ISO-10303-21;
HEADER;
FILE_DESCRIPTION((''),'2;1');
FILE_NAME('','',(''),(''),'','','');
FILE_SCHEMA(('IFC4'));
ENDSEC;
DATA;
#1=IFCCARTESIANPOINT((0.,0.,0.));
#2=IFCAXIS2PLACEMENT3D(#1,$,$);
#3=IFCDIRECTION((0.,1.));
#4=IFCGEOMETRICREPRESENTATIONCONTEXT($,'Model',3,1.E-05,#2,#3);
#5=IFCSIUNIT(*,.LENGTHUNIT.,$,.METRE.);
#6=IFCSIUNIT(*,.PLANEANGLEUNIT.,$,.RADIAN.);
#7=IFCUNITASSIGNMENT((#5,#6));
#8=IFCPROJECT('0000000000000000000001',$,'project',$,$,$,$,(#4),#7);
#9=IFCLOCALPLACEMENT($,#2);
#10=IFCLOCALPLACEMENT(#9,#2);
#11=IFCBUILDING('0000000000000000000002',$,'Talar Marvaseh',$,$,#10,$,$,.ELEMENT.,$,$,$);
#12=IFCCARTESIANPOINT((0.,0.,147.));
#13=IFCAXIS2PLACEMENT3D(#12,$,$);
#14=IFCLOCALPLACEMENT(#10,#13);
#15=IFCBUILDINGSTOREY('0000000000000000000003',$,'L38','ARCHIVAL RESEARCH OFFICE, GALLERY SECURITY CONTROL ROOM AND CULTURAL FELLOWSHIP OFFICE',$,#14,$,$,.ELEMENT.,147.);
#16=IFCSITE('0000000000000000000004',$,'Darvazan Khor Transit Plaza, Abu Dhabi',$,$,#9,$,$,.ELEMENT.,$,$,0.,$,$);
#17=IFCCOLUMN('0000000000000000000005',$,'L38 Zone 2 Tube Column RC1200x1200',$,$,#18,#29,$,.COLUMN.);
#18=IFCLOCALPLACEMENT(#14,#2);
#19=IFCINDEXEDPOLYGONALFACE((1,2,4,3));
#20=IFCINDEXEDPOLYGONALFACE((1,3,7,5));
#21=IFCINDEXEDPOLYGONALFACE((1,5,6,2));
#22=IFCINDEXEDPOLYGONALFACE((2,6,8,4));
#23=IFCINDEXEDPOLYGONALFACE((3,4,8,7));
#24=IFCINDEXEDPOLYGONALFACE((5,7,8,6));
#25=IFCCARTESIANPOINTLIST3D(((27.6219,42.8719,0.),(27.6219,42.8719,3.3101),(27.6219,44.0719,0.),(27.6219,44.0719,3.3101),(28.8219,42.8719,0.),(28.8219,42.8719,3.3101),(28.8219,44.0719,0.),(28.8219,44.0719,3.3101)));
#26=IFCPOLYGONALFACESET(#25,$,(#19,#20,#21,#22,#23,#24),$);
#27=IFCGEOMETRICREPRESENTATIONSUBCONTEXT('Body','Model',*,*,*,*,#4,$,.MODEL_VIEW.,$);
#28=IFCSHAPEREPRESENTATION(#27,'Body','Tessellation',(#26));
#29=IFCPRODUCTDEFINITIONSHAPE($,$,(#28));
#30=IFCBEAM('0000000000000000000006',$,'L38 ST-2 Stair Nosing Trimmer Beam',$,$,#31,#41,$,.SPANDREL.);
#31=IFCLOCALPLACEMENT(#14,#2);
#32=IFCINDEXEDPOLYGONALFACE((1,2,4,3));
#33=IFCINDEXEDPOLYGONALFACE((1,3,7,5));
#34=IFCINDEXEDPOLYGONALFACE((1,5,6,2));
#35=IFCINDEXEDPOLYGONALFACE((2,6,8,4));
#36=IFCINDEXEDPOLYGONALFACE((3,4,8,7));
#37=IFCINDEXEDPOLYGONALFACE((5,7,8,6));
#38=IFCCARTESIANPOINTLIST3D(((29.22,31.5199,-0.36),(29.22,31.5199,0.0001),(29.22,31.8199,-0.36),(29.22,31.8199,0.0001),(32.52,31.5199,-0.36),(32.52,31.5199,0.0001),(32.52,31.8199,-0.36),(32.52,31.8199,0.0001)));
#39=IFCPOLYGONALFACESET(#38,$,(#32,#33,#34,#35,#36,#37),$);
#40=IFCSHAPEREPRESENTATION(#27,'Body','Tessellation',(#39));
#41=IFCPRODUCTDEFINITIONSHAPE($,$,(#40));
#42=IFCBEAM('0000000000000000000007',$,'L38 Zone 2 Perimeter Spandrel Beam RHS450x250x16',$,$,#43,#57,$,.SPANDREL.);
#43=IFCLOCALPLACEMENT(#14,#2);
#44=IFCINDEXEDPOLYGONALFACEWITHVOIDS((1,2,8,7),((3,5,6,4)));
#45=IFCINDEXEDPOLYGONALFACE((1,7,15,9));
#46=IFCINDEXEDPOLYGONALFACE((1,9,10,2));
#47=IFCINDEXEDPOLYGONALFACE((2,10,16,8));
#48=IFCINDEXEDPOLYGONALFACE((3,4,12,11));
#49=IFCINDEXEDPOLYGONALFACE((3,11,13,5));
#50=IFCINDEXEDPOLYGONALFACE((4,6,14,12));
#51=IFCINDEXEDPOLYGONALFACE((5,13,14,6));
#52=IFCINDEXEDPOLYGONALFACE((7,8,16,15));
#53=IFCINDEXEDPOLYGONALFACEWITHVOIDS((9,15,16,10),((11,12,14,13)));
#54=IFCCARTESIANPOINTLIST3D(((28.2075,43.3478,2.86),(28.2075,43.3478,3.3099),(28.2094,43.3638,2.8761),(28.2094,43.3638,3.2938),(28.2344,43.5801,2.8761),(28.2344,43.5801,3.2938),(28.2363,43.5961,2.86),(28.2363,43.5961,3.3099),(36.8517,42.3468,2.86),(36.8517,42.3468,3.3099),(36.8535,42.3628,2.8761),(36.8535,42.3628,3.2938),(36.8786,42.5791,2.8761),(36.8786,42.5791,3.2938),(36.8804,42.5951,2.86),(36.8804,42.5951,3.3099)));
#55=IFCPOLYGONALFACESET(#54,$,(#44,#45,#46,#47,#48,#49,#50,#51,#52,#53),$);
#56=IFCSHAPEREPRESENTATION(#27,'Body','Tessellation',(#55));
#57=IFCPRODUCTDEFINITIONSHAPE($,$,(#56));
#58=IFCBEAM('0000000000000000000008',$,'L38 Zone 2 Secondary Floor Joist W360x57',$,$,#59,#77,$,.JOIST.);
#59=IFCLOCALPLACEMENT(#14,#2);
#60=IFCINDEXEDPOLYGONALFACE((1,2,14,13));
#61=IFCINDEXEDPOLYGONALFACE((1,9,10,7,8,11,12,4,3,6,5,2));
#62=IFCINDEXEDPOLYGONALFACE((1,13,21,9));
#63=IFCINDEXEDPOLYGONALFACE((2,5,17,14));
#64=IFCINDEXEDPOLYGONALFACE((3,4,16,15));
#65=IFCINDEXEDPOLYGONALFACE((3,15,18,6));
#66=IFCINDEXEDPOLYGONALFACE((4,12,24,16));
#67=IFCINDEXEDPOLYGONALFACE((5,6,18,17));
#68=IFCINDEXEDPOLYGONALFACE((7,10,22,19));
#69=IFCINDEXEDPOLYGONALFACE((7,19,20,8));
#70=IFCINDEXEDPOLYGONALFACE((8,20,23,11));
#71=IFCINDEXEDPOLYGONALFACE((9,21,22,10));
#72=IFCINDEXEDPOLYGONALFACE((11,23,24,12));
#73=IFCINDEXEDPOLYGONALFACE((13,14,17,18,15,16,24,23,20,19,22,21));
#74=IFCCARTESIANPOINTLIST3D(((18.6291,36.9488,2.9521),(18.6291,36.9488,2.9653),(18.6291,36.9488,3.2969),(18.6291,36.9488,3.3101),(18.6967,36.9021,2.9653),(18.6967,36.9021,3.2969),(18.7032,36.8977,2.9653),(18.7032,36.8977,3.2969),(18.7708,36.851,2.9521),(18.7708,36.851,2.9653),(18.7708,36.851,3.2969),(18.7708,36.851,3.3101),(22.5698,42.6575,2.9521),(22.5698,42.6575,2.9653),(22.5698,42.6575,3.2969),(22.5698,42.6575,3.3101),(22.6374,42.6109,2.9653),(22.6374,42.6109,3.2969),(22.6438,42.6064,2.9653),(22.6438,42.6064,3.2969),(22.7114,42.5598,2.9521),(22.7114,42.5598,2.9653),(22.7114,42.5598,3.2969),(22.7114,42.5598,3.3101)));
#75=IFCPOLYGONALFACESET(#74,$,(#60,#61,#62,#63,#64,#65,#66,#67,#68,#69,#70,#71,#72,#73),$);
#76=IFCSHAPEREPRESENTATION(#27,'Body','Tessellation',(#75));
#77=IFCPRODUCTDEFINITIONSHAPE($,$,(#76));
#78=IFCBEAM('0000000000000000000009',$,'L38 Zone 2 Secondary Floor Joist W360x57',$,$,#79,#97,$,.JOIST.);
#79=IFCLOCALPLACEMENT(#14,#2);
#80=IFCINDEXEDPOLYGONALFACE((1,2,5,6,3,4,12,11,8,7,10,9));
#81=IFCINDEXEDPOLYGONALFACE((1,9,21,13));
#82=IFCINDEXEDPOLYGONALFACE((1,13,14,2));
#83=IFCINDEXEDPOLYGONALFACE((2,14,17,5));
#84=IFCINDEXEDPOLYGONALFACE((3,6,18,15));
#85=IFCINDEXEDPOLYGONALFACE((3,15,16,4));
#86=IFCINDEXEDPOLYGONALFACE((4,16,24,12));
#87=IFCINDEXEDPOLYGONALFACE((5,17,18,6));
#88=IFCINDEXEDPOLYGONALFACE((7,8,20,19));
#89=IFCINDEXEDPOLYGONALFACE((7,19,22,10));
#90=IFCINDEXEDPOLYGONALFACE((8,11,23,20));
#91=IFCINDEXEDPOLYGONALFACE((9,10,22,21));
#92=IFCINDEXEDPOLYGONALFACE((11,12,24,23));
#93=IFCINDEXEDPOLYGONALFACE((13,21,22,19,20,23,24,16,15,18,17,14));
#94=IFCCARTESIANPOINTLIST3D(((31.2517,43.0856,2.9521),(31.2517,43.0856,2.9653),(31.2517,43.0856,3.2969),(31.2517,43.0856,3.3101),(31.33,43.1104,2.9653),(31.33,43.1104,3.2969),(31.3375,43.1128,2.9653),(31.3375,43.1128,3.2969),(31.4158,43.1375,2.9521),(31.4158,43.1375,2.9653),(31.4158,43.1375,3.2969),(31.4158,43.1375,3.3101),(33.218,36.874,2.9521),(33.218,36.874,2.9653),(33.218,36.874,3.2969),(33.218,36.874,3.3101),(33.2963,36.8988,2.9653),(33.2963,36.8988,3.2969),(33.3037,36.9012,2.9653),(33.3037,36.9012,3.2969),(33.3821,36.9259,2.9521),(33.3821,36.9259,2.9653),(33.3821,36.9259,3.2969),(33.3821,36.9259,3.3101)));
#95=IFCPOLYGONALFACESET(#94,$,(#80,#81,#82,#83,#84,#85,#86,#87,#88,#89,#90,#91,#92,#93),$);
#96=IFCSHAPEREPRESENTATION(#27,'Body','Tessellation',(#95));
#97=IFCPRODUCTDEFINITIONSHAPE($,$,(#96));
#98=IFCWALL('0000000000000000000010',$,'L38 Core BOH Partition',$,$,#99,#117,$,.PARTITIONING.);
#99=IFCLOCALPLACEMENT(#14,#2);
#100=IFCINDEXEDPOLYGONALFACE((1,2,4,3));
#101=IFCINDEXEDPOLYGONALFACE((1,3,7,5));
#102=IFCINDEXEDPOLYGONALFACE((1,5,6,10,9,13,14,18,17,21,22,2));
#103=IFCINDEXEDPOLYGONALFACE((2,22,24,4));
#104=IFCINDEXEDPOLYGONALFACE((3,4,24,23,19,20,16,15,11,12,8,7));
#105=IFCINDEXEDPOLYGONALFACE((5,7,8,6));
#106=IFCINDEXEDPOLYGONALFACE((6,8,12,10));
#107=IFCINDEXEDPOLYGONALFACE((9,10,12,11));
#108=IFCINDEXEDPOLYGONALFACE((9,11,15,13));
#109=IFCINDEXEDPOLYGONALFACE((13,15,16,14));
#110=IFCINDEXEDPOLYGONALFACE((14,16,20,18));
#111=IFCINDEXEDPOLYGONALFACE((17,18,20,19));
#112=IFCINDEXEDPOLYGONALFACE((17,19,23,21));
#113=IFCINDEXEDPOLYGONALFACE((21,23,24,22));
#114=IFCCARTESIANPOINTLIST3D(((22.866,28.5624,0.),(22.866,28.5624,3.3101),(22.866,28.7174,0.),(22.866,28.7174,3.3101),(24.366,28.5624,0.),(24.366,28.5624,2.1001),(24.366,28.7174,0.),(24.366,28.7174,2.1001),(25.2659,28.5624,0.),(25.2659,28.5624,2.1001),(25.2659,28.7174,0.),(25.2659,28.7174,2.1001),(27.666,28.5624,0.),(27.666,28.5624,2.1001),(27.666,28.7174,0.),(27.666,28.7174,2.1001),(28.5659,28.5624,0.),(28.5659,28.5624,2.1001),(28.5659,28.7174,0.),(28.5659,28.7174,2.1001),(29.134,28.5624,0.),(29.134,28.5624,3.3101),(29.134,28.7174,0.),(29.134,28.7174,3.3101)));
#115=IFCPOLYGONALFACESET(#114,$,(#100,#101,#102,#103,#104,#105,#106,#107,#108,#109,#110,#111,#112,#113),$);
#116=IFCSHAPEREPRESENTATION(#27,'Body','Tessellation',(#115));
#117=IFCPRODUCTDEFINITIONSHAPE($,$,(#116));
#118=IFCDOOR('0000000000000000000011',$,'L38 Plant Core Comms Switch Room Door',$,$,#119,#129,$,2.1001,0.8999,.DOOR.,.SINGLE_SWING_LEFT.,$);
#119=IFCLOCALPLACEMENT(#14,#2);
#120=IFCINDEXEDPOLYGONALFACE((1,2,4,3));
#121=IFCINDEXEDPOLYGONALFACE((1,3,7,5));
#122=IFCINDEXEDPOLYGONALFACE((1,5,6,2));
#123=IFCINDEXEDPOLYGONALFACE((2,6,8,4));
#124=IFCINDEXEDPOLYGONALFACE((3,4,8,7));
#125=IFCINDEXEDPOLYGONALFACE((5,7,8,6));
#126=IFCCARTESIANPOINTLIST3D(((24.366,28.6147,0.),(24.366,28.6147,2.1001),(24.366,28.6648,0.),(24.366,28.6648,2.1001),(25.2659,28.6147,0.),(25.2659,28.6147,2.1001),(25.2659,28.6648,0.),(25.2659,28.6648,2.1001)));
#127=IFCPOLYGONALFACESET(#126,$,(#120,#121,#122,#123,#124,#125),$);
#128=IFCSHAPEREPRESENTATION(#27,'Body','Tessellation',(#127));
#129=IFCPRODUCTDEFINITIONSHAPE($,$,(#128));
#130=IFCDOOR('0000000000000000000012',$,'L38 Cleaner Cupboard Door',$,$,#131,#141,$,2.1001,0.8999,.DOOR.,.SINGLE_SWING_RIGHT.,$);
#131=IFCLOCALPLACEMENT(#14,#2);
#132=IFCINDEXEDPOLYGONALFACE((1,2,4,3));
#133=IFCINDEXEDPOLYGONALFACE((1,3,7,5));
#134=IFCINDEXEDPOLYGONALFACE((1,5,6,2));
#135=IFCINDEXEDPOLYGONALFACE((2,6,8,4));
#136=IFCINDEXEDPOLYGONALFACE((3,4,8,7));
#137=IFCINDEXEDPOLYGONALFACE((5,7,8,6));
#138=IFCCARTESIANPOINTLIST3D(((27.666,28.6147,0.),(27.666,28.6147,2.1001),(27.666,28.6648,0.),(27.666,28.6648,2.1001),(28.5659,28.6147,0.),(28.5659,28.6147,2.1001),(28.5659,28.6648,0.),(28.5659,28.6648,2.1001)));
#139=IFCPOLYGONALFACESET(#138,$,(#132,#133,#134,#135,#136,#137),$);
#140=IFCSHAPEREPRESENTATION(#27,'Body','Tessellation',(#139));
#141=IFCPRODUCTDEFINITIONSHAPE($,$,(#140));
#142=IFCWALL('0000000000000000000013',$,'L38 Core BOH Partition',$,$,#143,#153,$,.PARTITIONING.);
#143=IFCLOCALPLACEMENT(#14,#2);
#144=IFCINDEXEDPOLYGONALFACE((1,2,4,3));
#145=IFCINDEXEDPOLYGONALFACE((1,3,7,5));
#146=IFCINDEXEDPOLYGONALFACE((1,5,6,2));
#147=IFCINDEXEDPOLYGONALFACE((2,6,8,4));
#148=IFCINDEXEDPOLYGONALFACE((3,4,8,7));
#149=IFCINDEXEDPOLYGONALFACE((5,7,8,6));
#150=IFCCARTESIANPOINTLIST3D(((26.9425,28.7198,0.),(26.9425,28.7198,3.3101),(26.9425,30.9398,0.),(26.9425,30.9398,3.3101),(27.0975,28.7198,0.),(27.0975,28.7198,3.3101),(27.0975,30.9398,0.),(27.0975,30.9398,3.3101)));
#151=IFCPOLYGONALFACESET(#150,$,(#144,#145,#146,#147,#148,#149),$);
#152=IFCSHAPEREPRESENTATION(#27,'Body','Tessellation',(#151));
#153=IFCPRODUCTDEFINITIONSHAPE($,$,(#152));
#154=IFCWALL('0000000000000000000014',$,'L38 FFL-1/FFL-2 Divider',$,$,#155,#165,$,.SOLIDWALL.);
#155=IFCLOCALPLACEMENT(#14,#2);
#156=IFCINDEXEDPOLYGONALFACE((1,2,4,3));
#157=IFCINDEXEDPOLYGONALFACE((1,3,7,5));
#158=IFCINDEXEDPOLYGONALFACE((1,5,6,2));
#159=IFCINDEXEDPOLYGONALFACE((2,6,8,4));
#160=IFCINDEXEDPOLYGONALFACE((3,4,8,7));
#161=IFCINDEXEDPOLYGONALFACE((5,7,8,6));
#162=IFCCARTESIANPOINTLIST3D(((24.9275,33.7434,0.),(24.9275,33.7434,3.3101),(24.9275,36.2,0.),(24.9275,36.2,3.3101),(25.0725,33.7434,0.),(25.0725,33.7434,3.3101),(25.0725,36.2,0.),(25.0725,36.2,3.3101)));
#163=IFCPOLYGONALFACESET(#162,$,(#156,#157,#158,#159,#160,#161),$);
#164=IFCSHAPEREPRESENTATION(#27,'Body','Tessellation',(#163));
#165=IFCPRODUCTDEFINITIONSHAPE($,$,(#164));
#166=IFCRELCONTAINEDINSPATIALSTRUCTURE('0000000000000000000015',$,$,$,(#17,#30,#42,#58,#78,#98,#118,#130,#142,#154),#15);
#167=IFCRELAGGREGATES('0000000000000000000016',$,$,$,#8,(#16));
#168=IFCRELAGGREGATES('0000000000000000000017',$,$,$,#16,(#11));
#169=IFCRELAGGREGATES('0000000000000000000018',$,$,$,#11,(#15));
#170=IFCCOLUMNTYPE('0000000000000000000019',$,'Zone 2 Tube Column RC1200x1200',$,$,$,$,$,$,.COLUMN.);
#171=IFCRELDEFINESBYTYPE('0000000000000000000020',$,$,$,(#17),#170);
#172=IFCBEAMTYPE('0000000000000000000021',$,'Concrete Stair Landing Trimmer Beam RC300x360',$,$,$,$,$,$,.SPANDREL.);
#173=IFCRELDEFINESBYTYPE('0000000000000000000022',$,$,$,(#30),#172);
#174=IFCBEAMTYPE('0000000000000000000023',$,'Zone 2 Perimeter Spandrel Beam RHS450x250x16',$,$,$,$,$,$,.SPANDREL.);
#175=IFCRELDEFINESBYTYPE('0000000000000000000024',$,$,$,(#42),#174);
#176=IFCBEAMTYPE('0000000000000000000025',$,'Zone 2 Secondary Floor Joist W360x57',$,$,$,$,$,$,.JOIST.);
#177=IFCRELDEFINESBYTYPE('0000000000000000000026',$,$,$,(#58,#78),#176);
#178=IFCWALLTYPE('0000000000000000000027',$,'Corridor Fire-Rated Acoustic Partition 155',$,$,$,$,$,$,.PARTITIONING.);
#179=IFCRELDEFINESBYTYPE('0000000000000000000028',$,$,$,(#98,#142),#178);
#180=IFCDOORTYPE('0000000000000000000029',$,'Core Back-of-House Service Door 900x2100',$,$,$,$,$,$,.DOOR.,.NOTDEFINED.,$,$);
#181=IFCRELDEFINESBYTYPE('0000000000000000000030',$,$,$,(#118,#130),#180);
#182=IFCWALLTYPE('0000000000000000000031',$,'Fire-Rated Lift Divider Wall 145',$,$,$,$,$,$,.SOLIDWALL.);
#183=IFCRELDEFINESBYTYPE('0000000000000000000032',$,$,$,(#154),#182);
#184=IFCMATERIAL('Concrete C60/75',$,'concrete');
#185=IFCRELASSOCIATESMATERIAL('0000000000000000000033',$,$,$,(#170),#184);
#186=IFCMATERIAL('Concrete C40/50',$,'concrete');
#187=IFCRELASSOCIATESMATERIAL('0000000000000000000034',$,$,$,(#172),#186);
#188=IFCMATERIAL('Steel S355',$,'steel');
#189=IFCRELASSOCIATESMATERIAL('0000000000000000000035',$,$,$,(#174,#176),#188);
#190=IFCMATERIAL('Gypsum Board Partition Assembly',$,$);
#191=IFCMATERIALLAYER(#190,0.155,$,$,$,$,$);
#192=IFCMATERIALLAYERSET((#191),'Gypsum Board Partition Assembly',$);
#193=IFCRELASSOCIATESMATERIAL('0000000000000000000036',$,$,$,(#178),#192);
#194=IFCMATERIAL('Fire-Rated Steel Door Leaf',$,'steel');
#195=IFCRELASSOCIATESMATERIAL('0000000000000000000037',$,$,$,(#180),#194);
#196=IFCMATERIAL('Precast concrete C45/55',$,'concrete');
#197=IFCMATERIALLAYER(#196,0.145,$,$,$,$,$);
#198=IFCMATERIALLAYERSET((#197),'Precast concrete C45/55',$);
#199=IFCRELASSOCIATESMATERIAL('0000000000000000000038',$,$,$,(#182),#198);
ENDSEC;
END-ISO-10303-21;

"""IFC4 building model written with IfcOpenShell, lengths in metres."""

from ifc_helpers import new_model, si_unit, direction, frame, frame_2d, origin, origin_2d, place, context, subcontext, project, spatial, rectangle, hollow_rectangle, i_section, extrude, source, transform, mapped, material, layer, layer_set, material_profile, profile_set, type_object, type_shapes, element, fill, save


model = new_model("IFC4")

# Units and contexts
model_context = context("Model", 3, precision=1e-05, world=origin(), true_north=direction((0.0, 1.0)))
body_context = subcontext(model_context, "Body", "Model", "MODEL_VIEW")
ifc_project = project(units=[si_unit("LENGTHUNIT", "METRE"), si_unit("PLANEANGLEUNIT", "RADIAN")], contexts=[model_context])

# Site, building, storey
site_placement = place(None, origin())
site = spatial("IfcSite", under=ifc_project, at=site_placement, Name="Darvazan Khor Transit Plaza, Abu Dhabi", CompositionType="ELEMENT", RefElevation=0.0)
building_placement = place(site_placement, origin())
building = spatial("IfcBuilding", under=site, at=building_placement, Name="Talar Marvaseh", CompositionType="ELEMENT")
storey_placement = place(building_placement, frame((0.0, 0.0, 147.0)))
storey = spatial("IfcBuildingStorey", under=building, at=storey_placement, Name="L38", Description="ARCHIVAL RESEARCH OFFICE, GALLERY SECURITY CONTROL ROOM AND CULTURAL FELLOWSHIP OFFICE", CompositionType="ELEMENT", Elevation=147.0)

# Column
ifc_material_1 = material(Name="Concrete C60/75", Category="concrete")
ifc_material_profile_1 = material_profile(ifc_material_1, rectangle(XDim=1.2, YDim=1.2, at=origin_2d()), Name="RC1200x1200")
ifc_profile_set_1 = profile_set([ifc_material_profile_1], Name="Concrete C60/75")
column_type = type_object("IfcColumnType", Name="Zone 2 Tube Column RC1200x1200", PredefinedType="COLUMN", material=ifc_profile_set_1)
column_placement = place(storey_placement, frame((28.2219, 43.4719, 0.0), z_axis=(0.0, 0.0, 1.0), x_axis=(1.0, 0.0, 0.0)))
element("IfcColumn", 1, at=column_placement, inside=storey, type_object=column_type, Name="L38 Zone 2 Tube Column RC1200x1200", PredefinedType="COLUMN", context=body_context, shape_type="SweptSolid", body=[
    extrude(rectangle(XDim=1.2, YDim=1.2, at=origin_2d()), origin(), (0.0, 0.0, 1.0), 3.3101),
])

# Beams
ifc_material_2 = material(Name="Concrete C40/50", Category="concrete")
ifc_material_profile_2 = material_profile(ifc_material_2, rectangle(XDim=0.3, YDim=0.3601, at=origin_2d()), Name="RC300x360")
ifc_profile_set_2 = profile_set([ifc_material_profile_2], Name="Concrete C40/50")
beam_type_1 = type_object("IfcBeamType", Name="Concrete Stair Landing Trimmer Beam RC300x360", PredefinedType="SPANDREL", material=ifc_profile_set_2)
beam_1_placement = place(storey_placement, frame((29.22, 31.6699, -0.1799), z_axis=(1.0, 0.0, 0.0), x_axis=(0.0, 1.0, 0.0)))
element("IfcBeam", 2, at=beam_1_placement, inside=storey, type_object=beam_type_1, Name="L38 ST-2 Stair Nosing Trimmer Beam", PredefinedType="SPANDREL", context=body_context, shape_type="SweptSolid", body=[
    extrude(rectangle(XDim=0.3, YDim=0.3601, at=origin_2d()), origin(), (0.0, 0.0, 1.0), 3.3),
])
ifc_material_3 = material(Name="Steel S355", Category="steel")
ifc_material_profile_3 = material_profile(ifc_material_3, hollow_rectangle(XDim=0.25, YDim=0.45, WallThickness=0.0161, at=origin_2d()), Name="RHS450x250x16")
ifc_profile_set_3 = profile_set([ifc_material_profile_3], Name="Steel S355")
beam_type_2 = type_object("IfcBeamType", Name="Zone 2 Perimeter Spandrel Beam RHS450x250x16", PredefinedType="SPANDREL", material=ifc_profile_set_3)
beam_2_placement = place(storey_placement, frame((28.2219, 43.4719, 3.085), z_axis=(0.993362, -0.115031, 0.0), x_axis=(0.115031, 0.993362, 0.0)))
element("IfcBeam", 3, at=beam_2_placement, inside=storey, type_object=beam_type_2, Name="L38 Zone 2 Perimeter Spandrel Beam RHS450x250x16", PredefinedType="SPANDREL", context=body_context, shape_type="SweptSolid", body=[
    extrude(hollow_rectangle(XDim=0.25, YDim=0.45, WallThickness=0.0161, at=origin_2d()), origin(), (0.0, 0.0, 1.0), 8.7019),
])
ifc_material_profile_4 = material_profile(ifc_material_3, i_section(OverallWidth=0.1721, OverallDepth=0.3579, WebThickness=0.0078, FlangeThickness=0.0132, at=origin_2d()), Name="W360x57")
ifc_profile_set_4 = profile_set([ifc_material_profile_4], Name="Steel S355")
beam_type_3 = type_object("IfcBeamType", Name="Zone 2 Secondary Floor Joist W360x57", PredefinedType="JOIST", material=ifc_profile_set_4)
beam_3_placement = place(storey_placement, frame((22.6406, 42.6086, 3.1311), z_axis=(-0.568086, -0.822969, 0.0), x_axis=(0.822969, -0.568086, 0.0)))
element("IfcBeam", 4, at=beam_3_placement, inside=storey, type_object=beam_type_3, Name="L38 Zone 2 Secondary Floor Joist W360x57", PredefinedType="JOIST", context=body_context, shape_type="SweptSolid", body=[
    extrude(i_section(OverallWidth=0.1721, OverallDepth=0.3579, WebThickness=0.0078, FlangeThickness=0.0132, at=origin_2d()), origin(), (0.0, 0.0, 1.0), 6.9368),
])
beam_4_placement = place(storey_placement, frame((31.3337, 43.1116, 3.1311), z_axis=(0.301791, -0.953374, 0.0), x_axis=(0.953374, 0.301791, 0.0)))
element("IfcBeam", 5, at=beam_4_placement, inside=storey, type_object=beam_type_3, Name="L38 Zone 2 Secondary Floor Joist W360x57", PredefinedType="JOIST", context=body_context, shape_type="SweptSolid", body=[
    extrude(i_section(OverallWidth=0.1721, OverallDepth=0.3579, WebThickness=0.0078, FlangeThickness=0.0132, at=origin_2d()), origin(), (0.0, 0.0, 1.0), 6.5154),
])

# Wall, openings, doors
ifc_material_4 = material(Name="Gypsum Board Partition Assembly")
ifc_layer_1 = layer(ifc_material_4, 0.155)
ifc_layer_set_1 = layer_set([ifc_layer_1], Name="Gypsum Board Partition Assembly")
wall_type_1 = type_object("IfcWallType", Name="Corridor Fire-Rated Acoustic Partition 155", PredefinedType="PARTITIONING", material=ifc_layer_set_1)
wall_1_placement = place(storey_placement, frame((22.866, 28.6399, 0.0), z_axis=(0.0, 0.0, 1.0), x_axis=(1.0, 0.0, 0.0)))
wall_1 = element("IfcWall", 6, at=wall_1_placement, inside=storey, type_object=wall_type_1, Name="L38 Core BOH Partition", PredefinedType="PARTITIONING", context=body_context, shape_type="SweptSolid", body=[
    extrude(rectangle(XDim=6.2681, YDim=0.155, at=frame_2d((3.134, 0.0))), origin(), (0.0, 0.0, 1.0), 3.3101),
])
opening_1_placement = place(wall_1_placement, frame((1.5, 0.0, 0.0)))
opening_1 = element("IfcOpeningElement", 7, at=opening_1_placement, cuts=wall_1, PredefinedType="OPENING", context=body_context, shape_type="SweptSolid", body=[
    extrude(rectangle(XDim=0.8999, YDim=2.1001, at=frame_2d((0.45, 1.05))), frame((0.0, 0.0874, 0.0), z_axis=(0.0, -1.0, 0.0), x_axis=(1.0, 0.0, 0.0)), (0.0, 0.0, 1.0), 0.175),
])
opening_2_placement = place(wall_1_placement, frame((4.8, 0.0, 0.0)))
opening_2 = element("IfcOpeningElement", 8, at=opening_2_placement, cuts=wall_1, PredefinedType="OPENING", context=body_context, shape_type="SweptSolid", body=[
    extrude(rectangle(XDim=0.8999, YDim=2.1001, at=frame_2d((0.45, 1.05))), frame((0.0, 0.0874, 0.0), z_axis=(0.0, -1.0, 0.0), x_axis=(1.0, 0.0, 0.0)), (0.0, 0.0, 1.0), 0.175),
])
ifc_material_5 = material(Name="Fire-Rated Steel Door Leaf", Category="steel")
door_type_1 = type_object("IfcDoorType", Name="Core Back-of-House Service Door 900x2100", OperationType="NOTDEFINED", PredefinedType="DOOR", material=ifc_material_5)
shared_shape_1 = source(origin(), body_context, "Body", "SweptSolid", [
    extrude(rectangle(XDim=0.8999, YDim=2.1001, at=frame_2d((0.45, 1.05))), frame((0.0, 0.0249, 0.0), z_axis=(0.0, -1.0, 0.0), x_axis=(1.0, 0.0, 0.0)), (0.0, 0.0, 1.0), 0.05),
])
type_shapes(door_type_1, [shared_shape_1])
door_1_placement = place(opening_1_placement, origin())
door_1 = element("IfcDoor", 9, at=door_1_placement, inside=storey, type_object=door_type_1, Name="L38 Plant Core Comms Switch Room Door", OperationType="SINGLE_SWING_LEFT", OverallHeight=2.1001, OverallWidth=0.8999, PredefinedType="DOOR", context=body_context, shape_type="MappedRepresentation", body=[
    mapped(shared_shape_1, transform((0.0, 0.0, 0.0), x_axis=(1.0, 0.0, 0.0), y_axis=(0.0, 1.0, 0.0), z_axis=(0.0, 0.0, 1.0), scale=1.0)),
])
fill(opening_1, door_1)
door_2_placement = place(opening_2_placement, origin())
door_2 = element("IfcDoor", 10, at=door_2_placement, inside=storey, type_object=door_type_1, Name="L38 Cleaner Cupboard Door", OperationType="SINGLE_SWING_RIGHT", OverallHeight=2.1001, OverallWidth=0.8999, PredefinedType="DOOR", context=body_context, shape_type="MappedRepresentation", body=[
    mapped(shared_shape_1, transform((0.0, 0.0, 0.0), x_axis=(1.0, 0.0, 0.0), y_axis=(0.0, 1.0, 0.0), z_axis=(0.0, 0.0, 1.0), scale=1.0)),
])
fill(opening_2, door_2)

# Walls
wall_2_placement = place(storey_placement, frame((27.02, 28.72, 0.0), z_axis=(0.0, 0.0, 1.0), x_axis=(0.0, 1.0, 0.0)))
element("IfcWall", 11, at=wall_2_placement, inside=storey, type_object=wall_type_1, Name="L38 Core BOH Partition", PredefinedType="PARTITIONING", context=body_context, shape_type="SweptSolid", body=[
    extrude(rectangle(XDim=2.22, YDim=0.155, at=frame_2d((1.1099, 0.0))), origin(), (0.0, 0.0, 1.0), 3.3101),
])
ifc_material_6 = material(Name="Precast concrete C45/55", Category="concrete")
ifc_layer_2 = layer(ifc_material_6, 0.145)
ifc_layer_set_2 = layer_set([ifc_layer_2], Name="Precast concrete C45/55")
wall_type_2 = type_object("IfcWallType", Name="Fire-Rated Lift Divider Wall 145", PredefinedType="SOLIDWALL", material=ifc_layer_set_2)
for number, where, z_axis, x_axis, name in (
    (12, (25.0, 33.7434, 0.0), (0.0, 0.0, 1.0), (0.0, 1.0, 0.0), "L38 FFL-1/FFL-2 Divider"),
):
    element("IfcWall", number, at=place(storey_placement, frame(where, z_axis=z_axis, x_axis=x_axis)), inside=storey, type_object=wall_type_2, Name=name, PredefinedType="SOLIDWALL", context=body_context, shape_type="SweptSolid", body=[
        extrude(rectangle(XDim=2.4565, YDim=0.145, at=frame_2d((1.2283, 0.0))), origin(), (0.0, 0.0, 1.0), 3.3101),
    ])

save(model, "model.ifc")
